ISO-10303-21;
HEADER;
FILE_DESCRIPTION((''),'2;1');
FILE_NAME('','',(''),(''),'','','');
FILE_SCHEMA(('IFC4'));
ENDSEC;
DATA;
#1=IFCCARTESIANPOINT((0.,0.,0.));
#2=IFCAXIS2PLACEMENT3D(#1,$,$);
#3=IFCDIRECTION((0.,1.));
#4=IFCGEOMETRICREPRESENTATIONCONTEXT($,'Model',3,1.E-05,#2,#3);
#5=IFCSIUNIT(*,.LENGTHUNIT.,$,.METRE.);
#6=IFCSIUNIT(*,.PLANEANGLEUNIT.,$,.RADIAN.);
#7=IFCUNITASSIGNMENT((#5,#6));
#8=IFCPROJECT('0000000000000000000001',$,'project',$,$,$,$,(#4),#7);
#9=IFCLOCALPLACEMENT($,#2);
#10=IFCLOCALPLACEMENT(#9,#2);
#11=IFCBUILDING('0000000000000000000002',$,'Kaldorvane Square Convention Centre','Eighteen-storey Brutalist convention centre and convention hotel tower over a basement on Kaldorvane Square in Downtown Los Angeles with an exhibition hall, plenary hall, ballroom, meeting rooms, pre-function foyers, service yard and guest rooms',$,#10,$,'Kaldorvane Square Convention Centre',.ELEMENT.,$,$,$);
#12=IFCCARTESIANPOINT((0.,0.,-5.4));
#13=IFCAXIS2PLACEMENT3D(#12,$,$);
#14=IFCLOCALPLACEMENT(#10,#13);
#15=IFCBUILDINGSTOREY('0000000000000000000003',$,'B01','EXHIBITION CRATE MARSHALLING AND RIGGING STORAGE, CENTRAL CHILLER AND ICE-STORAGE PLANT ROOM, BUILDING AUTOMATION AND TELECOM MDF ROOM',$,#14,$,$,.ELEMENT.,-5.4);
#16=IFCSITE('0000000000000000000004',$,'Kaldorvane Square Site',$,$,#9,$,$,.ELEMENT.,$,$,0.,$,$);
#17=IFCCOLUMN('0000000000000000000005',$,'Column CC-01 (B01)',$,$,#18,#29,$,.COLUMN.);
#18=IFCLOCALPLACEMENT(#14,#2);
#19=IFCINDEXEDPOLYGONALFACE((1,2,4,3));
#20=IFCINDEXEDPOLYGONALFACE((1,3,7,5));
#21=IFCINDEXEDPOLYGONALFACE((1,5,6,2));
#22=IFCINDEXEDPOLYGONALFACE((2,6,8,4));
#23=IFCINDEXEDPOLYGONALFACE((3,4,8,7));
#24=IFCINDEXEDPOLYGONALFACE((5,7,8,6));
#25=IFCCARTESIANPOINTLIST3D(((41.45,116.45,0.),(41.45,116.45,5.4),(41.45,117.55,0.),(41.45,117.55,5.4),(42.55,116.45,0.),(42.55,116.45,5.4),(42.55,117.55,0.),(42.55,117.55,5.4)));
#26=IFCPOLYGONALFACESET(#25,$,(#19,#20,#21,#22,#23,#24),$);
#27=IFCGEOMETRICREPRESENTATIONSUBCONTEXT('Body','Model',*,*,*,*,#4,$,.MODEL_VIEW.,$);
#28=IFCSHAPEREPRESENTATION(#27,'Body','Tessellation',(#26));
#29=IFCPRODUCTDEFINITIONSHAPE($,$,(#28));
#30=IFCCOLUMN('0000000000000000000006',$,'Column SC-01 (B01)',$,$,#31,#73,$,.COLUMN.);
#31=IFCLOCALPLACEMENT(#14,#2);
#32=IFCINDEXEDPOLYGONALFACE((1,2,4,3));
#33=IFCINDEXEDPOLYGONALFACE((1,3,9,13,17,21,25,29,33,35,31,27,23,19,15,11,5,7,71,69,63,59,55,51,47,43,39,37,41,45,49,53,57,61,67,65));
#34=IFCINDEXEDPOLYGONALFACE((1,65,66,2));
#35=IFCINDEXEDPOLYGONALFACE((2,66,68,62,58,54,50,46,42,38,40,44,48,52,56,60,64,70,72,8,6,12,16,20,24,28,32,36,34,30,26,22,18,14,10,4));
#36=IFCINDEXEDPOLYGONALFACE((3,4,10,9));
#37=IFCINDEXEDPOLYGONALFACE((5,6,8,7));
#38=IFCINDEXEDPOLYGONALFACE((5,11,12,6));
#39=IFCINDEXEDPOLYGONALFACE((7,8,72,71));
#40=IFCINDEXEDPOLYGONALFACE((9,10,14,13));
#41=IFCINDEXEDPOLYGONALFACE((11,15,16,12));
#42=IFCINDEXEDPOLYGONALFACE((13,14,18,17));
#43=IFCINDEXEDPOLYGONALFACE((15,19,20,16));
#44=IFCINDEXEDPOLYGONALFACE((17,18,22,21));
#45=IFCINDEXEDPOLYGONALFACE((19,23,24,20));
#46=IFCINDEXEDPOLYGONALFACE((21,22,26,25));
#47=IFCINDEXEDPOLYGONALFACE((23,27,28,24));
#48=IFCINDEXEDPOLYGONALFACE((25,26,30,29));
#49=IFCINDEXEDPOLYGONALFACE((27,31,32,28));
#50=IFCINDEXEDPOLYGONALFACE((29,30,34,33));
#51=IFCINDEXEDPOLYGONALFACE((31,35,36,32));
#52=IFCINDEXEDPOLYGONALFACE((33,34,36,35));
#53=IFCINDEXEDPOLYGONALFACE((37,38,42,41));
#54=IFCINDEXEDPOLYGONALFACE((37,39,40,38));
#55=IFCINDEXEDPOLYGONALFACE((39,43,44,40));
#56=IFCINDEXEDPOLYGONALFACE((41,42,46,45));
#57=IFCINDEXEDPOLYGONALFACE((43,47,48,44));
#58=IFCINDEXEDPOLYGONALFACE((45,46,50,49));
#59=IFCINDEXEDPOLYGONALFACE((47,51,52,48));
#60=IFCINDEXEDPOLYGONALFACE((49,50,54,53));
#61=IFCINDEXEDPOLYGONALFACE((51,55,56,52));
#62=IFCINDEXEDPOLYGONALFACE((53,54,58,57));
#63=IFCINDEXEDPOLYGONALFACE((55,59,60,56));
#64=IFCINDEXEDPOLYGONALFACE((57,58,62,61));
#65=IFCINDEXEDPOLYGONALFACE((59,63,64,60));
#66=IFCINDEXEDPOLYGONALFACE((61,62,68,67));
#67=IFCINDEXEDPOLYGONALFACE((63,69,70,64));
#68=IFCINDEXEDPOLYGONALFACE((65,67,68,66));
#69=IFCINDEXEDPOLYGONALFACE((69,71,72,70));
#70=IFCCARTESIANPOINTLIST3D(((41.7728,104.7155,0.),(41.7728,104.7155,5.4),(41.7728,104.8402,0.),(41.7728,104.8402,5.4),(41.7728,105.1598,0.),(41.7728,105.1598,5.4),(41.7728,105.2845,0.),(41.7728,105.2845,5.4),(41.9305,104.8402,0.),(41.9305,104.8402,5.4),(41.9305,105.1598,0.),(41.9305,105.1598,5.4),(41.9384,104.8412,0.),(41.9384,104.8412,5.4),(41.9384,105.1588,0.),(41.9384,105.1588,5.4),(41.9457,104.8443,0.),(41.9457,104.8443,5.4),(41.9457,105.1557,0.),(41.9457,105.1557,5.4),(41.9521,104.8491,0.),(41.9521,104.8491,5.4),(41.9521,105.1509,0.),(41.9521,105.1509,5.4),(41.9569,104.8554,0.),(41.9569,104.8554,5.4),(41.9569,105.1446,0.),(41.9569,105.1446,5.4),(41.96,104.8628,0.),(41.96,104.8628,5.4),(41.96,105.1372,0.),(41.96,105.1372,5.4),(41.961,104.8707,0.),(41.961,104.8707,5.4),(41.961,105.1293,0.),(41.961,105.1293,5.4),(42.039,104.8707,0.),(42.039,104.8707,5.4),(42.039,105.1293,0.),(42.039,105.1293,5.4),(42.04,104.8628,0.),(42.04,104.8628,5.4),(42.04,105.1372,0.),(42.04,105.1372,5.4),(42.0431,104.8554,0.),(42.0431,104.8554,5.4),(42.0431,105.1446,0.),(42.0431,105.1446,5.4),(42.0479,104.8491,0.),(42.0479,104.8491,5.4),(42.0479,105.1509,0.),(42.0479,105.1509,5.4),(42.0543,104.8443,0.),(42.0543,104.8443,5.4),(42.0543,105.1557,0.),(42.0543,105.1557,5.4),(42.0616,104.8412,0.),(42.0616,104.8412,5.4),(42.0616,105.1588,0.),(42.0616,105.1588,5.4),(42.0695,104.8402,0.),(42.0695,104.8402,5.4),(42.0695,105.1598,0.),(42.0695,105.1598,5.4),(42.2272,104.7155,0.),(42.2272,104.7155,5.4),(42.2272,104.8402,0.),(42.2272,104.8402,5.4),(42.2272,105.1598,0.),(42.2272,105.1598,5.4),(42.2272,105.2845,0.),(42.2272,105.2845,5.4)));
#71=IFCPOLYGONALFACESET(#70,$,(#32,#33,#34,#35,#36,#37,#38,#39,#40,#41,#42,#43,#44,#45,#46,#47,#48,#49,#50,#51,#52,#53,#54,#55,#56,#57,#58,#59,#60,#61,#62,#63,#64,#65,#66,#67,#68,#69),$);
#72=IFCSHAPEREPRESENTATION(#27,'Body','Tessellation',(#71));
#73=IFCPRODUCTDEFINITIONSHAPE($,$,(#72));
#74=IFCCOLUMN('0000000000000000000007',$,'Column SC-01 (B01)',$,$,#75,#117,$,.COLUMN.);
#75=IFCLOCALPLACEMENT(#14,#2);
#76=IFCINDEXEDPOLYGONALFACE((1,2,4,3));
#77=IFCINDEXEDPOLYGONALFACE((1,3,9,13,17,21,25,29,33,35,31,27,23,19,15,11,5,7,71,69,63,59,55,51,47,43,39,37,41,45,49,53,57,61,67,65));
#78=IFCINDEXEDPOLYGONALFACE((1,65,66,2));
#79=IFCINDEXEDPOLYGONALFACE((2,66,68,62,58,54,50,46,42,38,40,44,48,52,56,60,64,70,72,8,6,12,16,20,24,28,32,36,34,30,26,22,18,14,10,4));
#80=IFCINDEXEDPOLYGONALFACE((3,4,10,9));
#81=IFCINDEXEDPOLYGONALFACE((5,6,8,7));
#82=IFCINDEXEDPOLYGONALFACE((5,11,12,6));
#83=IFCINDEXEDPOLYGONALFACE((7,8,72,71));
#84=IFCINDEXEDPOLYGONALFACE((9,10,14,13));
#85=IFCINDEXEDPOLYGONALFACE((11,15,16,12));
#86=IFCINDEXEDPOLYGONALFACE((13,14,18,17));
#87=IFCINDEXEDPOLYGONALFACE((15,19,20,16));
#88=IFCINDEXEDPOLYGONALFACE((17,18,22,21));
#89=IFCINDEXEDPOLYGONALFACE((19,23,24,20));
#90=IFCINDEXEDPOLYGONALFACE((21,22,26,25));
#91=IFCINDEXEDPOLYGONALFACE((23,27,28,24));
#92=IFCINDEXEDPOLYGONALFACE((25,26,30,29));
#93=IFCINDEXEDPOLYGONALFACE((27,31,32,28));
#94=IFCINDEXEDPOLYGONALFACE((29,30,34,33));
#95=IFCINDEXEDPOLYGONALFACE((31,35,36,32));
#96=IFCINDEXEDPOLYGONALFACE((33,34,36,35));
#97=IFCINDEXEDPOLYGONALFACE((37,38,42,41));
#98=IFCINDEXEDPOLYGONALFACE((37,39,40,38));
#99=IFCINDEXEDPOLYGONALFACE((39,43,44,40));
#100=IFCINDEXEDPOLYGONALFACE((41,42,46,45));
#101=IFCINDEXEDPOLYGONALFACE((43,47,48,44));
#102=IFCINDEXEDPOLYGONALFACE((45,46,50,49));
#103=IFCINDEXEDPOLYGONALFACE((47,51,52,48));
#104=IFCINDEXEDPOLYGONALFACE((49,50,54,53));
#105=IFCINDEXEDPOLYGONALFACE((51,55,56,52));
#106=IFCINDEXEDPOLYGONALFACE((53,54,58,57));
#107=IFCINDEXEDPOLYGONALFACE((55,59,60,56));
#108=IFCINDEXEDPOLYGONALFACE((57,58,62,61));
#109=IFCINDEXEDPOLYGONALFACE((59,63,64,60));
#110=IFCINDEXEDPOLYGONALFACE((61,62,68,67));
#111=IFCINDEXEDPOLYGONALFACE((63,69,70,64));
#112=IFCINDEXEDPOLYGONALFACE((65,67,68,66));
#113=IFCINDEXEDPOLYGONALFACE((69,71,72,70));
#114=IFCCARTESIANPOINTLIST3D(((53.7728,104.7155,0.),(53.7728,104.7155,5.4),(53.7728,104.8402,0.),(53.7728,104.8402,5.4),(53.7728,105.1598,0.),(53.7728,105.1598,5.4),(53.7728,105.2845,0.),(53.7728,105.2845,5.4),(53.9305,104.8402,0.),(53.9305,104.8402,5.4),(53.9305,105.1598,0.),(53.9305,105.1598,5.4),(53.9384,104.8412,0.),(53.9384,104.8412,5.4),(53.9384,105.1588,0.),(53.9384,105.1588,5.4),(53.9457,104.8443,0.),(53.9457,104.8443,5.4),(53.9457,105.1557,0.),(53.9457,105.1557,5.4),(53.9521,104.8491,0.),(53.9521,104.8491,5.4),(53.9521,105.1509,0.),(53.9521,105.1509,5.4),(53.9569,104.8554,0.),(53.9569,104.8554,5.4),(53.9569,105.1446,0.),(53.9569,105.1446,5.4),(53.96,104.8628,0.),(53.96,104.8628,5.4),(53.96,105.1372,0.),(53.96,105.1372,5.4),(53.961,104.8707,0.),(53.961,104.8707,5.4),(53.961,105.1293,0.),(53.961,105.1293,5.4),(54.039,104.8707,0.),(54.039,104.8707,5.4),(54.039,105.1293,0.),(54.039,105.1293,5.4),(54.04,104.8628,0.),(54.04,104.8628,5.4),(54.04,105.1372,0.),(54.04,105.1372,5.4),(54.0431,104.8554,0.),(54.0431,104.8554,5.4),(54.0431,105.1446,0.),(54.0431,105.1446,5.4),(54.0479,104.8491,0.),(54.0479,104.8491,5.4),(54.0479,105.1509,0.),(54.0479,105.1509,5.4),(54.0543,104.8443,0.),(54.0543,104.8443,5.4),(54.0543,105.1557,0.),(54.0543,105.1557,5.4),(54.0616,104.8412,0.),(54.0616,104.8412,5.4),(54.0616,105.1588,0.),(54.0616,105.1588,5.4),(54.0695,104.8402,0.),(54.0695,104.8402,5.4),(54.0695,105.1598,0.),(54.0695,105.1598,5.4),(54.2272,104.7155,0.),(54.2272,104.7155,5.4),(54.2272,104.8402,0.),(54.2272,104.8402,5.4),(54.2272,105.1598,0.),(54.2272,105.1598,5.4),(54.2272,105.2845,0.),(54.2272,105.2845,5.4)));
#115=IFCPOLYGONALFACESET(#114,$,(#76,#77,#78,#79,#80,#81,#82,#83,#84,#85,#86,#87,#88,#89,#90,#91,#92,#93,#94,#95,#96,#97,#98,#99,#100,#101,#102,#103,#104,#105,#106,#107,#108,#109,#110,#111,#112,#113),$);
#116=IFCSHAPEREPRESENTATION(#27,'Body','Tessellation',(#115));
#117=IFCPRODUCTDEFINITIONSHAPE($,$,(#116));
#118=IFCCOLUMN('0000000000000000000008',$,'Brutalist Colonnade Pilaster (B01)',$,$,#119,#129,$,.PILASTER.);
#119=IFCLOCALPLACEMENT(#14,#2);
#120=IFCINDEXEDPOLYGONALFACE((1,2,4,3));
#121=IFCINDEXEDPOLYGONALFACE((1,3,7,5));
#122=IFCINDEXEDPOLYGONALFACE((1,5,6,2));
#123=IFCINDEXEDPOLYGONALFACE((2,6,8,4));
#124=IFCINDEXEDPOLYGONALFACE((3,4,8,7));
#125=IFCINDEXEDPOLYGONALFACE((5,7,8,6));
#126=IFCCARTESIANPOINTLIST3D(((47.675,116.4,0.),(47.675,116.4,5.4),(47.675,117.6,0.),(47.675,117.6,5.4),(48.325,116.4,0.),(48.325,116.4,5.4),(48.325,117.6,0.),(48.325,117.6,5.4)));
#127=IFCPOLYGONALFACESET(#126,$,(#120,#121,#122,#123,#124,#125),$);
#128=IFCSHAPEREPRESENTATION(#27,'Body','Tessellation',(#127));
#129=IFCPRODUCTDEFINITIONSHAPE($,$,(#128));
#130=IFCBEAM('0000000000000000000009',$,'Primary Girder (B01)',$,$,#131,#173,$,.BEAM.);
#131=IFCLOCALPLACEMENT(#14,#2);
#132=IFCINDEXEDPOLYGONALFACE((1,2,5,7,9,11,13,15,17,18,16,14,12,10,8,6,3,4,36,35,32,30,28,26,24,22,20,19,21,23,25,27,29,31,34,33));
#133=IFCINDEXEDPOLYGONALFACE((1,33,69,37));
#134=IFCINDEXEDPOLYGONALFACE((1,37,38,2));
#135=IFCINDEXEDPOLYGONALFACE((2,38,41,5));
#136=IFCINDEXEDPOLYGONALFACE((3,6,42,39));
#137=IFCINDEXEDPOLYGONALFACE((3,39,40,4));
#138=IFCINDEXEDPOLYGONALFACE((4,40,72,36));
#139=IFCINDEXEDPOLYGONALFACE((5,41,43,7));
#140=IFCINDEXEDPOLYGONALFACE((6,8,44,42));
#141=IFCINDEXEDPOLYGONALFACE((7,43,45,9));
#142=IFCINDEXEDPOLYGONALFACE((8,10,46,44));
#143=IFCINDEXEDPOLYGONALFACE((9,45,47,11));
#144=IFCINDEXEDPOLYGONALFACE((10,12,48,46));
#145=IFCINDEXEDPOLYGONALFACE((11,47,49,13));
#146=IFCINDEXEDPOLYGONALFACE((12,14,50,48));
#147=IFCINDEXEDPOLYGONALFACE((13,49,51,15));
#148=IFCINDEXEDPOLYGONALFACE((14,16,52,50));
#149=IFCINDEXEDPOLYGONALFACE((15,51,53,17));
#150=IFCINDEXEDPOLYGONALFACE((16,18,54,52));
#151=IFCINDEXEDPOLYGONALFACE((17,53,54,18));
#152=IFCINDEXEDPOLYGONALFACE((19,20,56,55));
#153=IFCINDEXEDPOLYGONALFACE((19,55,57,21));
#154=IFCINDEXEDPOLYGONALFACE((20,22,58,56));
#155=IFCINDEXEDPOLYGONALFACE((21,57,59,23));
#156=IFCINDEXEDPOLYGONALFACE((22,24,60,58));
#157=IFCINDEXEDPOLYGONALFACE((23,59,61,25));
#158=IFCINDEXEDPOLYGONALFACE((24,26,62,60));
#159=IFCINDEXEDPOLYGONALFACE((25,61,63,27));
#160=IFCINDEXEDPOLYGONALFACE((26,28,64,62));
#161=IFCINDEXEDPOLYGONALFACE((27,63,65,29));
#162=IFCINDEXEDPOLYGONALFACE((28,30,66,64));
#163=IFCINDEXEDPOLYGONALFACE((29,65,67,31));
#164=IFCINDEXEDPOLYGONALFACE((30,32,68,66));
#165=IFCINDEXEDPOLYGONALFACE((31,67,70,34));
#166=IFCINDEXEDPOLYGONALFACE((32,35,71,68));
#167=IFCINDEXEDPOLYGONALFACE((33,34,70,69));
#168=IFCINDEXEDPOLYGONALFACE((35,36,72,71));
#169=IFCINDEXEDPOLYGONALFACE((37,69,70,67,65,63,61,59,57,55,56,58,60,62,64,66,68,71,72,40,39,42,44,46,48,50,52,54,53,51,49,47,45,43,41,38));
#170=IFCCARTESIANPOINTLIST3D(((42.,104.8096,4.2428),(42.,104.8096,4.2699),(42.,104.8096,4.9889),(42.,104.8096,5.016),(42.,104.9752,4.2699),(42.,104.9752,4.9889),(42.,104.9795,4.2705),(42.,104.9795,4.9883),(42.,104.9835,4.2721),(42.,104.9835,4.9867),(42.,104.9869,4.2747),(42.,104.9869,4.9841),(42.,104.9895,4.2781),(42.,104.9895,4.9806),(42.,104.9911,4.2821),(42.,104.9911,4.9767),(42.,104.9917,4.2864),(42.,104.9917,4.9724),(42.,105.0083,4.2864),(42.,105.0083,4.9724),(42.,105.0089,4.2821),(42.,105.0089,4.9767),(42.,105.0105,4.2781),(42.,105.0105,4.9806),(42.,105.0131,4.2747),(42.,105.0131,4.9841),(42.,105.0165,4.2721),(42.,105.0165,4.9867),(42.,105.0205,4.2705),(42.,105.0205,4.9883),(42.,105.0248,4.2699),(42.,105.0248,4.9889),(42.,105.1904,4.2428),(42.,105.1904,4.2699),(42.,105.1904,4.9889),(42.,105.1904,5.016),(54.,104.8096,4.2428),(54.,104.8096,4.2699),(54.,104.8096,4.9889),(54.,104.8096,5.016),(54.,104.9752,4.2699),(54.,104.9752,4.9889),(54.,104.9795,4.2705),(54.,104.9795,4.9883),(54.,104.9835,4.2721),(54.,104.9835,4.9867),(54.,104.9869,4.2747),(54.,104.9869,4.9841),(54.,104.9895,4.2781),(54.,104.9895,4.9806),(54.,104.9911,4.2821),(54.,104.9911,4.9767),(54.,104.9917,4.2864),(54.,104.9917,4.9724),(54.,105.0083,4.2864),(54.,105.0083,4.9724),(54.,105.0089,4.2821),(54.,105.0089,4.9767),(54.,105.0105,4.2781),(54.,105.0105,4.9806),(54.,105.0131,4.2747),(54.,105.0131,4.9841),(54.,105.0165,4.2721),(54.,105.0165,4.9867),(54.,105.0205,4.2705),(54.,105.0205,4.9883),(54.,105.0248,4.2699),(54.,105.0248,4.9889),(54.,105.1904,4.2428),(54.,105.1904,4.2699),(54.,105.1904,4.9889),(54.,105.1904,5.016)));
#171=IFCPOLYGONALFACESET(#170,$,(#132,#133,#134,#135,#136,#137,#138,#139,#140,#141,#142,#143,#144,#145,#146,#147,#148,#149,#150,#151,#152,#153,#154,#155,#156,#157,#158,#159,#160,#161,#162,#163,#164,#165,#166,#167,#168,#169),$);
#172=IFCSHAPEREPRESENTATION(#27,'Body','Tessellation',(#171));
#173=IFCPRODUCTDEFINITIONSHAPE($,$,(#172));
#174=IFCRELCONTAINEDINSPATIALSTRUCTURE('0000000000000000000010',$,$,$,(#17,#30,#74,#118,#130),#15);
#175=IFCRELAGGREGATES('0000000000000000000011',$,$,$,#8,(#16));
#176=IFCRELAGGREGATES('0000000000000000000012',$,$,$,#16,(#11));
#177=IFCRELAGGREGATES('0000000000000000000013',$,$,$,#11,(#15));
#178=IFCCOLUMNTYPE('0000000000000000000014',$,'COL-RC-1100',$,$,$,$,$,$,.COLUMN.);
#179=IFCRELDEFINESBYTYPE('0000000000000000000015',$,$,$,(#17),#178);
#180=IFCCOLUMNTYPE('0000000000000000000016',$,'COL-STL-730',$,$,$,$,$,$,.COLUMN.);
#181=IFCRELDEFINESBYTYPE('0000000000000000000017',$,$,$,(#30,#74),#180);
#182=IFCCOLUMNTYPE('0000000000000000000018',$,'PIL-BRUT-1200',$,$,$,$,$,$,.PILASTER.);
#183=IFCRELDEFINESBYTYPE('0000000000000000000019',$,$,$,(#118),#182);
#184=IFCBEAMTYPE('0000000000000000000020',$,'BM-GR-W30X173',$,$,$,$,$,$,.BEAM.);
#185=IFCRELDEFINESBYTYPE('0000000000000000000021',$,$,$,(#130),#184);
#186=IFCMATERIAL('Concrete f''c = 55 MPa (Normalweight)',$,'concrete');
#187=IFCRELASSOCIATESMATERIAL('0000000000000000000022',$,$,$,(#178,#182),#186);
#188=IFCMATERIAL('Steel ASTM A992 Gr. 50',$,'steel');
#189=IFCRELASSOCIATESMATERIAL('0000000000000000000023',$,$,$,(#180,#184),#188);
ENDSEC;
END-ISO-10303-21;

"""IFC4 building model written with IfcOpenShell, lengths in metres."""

from ifc_helpers import new_model, si_unit, direction, frame, origin, origin_2d, place, context, subcontext, project, spatial, rectangle, i_section, extrude, material, material_profile, profile_set, type_object, element, save


model = new_model("IFC4")

# Units and contexts
model_context = context("Model", 3, precision=1e-05, world=origin(), true_north=direction((0.0, 1.0)))
body_context = subcontext(model_context, "Body", "Model", "MODEL_VIEW")
ifc_project = project(units=[si_unit("LENGTHUNIT", "METRE"), si_unit("PLANEANGLEUNIT", "RADIAN")], contexts=[model_context])

# Site, building, storey
site_placement = place(None, origin())
site = spatial("IfcSite", under=ifc_project, at=site_placement, Name="Kaldorvane Square Site", CompositionType="ELEMENT", RefElevation=0.0)
building_placement = place(site_placement, origin())
building = spatial("IfcBuilding", under=site, at=building_placement, Name="Kaldorvane Square Convention Centre", Description="Eighteen-storey Brutalist convention centre and convention hotel tower over a basement on Kaldorvane Square in Downtown Los Angeles with an exhibition hall, plenary hall, ballroom, meeting rooms, pre-function foyers, service yard and guest rooms", LongName="Kaldorvane Square Convention Centre", CompositionType="ELEMENT")
storey_placement = place(building_placement, frame((0.0, 0.0, -5.4)))
storey = spatial("IfcBuildingStorey", under=building, at=storey_placement, Name="B01", Description="EXHIBITION CRATE MARSHALLING AND RIGGING STORAGE, CENTRAL CHILLER AND ICE-STORAGE PLANT ROOM, BUILDING AUTOMATION AND TELECOM MDF ROOM", CompositionType="ELEMENT", Elevation=-5.4)

# Columns
ifc_material_1 = material(Name="Concrete f'c = 55 MPa (Normalweight)", Category="concrete")
ifc_material_profile_1 = material_profile(ifc_material_1, rectangle(XDim=1.1, YDim=1.1, at=origin_2d()), Name="RC1100X1100")
ifc_profile_set_1 = profile_set([ifc_material_profile_1], Name="Concrete f'c = 55 MPa (Normalweight)")
column_type_1 = type_object("IfcColumnType", Name="COL-RC-1100", PredefinedType="COLUMN", material=ifc_profile_set_1)
column_1_placement = place(storey_placement, frame((42.0, 117.0, 0.0), z_axis=(0.0, 0.0, 1.0), x_axis=(1.0, 0.0, 0.0)))
element("IfcColumn", 1, at=column_1_placement, inside=storey, type_object=column_type_1, Name="Column CC-01 (B01)", PredefinedType="COLUMN", context=body_context, shape_type="SweptSolid", body=[
    extrude(rectangle(XDim=1.1, YDim=1.1, at=origin_2d()), origin(), (0.0, 0.0, 1.0), 5.4),
])
ifc_material_2 = material(Name="Steel ASTM A992 Gr. 50", Category="steel")
ifc_material_profile_2 = material_profile(ifc_material_2, i_section(OverallWidth=0.4544, OverallDepth=0.569, WebThickness=0.078, FlangeThickness=0.1247, FilletRadius=0.0305, at=origin_2d()), Name="W14X730")
ifc_profile_set_2 = profile_set([ifc_material_profile_2], Name="Steel ASTM A992 Gr. 50")
column_type_2 = type_object("IfcColumnType", Name="COL-STL-730", PredefinedType="COLUMN", material=ifc_profile_set_2)
for number, where, z_axis, x_axis, name in (
    (2, (42.0, 105.0, 0.0), (0.0, 0.0, 1.0), (1.0, 0.0, 0.0), "Column SC-01 (B01)"),
    (3, (54.0, 105.0, 0.0), (0.0, 0.0, 1.0), (1.0, 0.0, 0.0), "Column SC-01 (B01)"),
):
    element("IfcColumn", number, at=place(storey_placement, frame(where, z_axis=z_axis, x_axis=x_axis)), inside=storey, type_object=column_type_2, Name=name, PredefinedType="COLUMN", context=body_context, shape_type="SweptSolid", body=[
        extrude(i_section(OverallWidth=0.4544, OverallDepth=0.569, WebThickness=0.078, FlangeThickness=0.1247, FilletRadius=0.0305, at=origin_2d()), origin(), (0.0, 0.0, 1.0), 5.4),
    ])
ifc_material_profile_3 = material_profile(ifc_material_1, rectangle(XDim=0.65, YDim=1.2, at=origin_2d()), Name="PIL1200X650")
ifc_profile_set_3 = profile_set([ifc_material_profile_3], Name="Concrete f'c = 55 MPa (Normalweight)")
column_type_3 = type_object("IfcColumnType", Name="PIL-BRUT-1200", PredefinedType="PILASTER", material=ifc_profile_set_3)
column_2_placement = place(storey_placement, frame((48.0, 117.0, 0.0), z_axis=(0.0, 0.0, 1.0), x_axis=(1.0, 0.0, 0.0)))
element("IfcColumn", 4, at=column_2_placement, inside=storey, type_object=column_type_3, Name="Brutalist Colonnade Pilaster (B01)", PredefinedType="PILASTER", context=body_context, shape_type="SweptSolid", body=[
    extrude(rectangle(XDim=0.65, YDim=1.2, at=origin_2d()), origin(), (0.0, 0.0, 1.0), 5.4),
])

# Beam
ifc_material_profile_4 = material_profile(ifc_material_2, i_section(OverallWidth=0.3807, OverallDepth=0.7732, WebThickness=0.0166, FlangeThickness=0.0271, FilletRadius=0.0165, at=origin_2d()), Name="W30X173")
ifc_profile_set_4 = profile_set([ifc_material_profile_4], Name="Steel ASTM A992 Gr. 50")
beam_type_1 = type_object("IfcBeamType", Name="BM-GR-W30X173", PredefinedType="BEAM", material=ifc_profile_set_4)
for number, where, z_axis, x_axis, name in (
    (5, (42.0, 105.0, 4.6294), (1.0, 0.0, 0.0), (0.0, 1.0, 0.0), "Primary Girder (B01)"),
):
    element("IfcBeam", number, at=place(storey_placement, frame(where, z_axis=z_axis, x_axis=x_axis)), inside=storey, type_object=beam_type_1, Name=name, PredefinedType="BEAM", context=body_context, shape_type="SweptSolid", body=[
        extrude(i_section(OverallWidth=0.3807, OverallDepth=0.7732, WebThickness=0.0166, FlangeThickness=0.0271, FilletRadius=0.0165, at=origin_2d()), origin(), (0.0, 0.0, 1.0), 12.0),
    ])

save(model, "model.ifc")
